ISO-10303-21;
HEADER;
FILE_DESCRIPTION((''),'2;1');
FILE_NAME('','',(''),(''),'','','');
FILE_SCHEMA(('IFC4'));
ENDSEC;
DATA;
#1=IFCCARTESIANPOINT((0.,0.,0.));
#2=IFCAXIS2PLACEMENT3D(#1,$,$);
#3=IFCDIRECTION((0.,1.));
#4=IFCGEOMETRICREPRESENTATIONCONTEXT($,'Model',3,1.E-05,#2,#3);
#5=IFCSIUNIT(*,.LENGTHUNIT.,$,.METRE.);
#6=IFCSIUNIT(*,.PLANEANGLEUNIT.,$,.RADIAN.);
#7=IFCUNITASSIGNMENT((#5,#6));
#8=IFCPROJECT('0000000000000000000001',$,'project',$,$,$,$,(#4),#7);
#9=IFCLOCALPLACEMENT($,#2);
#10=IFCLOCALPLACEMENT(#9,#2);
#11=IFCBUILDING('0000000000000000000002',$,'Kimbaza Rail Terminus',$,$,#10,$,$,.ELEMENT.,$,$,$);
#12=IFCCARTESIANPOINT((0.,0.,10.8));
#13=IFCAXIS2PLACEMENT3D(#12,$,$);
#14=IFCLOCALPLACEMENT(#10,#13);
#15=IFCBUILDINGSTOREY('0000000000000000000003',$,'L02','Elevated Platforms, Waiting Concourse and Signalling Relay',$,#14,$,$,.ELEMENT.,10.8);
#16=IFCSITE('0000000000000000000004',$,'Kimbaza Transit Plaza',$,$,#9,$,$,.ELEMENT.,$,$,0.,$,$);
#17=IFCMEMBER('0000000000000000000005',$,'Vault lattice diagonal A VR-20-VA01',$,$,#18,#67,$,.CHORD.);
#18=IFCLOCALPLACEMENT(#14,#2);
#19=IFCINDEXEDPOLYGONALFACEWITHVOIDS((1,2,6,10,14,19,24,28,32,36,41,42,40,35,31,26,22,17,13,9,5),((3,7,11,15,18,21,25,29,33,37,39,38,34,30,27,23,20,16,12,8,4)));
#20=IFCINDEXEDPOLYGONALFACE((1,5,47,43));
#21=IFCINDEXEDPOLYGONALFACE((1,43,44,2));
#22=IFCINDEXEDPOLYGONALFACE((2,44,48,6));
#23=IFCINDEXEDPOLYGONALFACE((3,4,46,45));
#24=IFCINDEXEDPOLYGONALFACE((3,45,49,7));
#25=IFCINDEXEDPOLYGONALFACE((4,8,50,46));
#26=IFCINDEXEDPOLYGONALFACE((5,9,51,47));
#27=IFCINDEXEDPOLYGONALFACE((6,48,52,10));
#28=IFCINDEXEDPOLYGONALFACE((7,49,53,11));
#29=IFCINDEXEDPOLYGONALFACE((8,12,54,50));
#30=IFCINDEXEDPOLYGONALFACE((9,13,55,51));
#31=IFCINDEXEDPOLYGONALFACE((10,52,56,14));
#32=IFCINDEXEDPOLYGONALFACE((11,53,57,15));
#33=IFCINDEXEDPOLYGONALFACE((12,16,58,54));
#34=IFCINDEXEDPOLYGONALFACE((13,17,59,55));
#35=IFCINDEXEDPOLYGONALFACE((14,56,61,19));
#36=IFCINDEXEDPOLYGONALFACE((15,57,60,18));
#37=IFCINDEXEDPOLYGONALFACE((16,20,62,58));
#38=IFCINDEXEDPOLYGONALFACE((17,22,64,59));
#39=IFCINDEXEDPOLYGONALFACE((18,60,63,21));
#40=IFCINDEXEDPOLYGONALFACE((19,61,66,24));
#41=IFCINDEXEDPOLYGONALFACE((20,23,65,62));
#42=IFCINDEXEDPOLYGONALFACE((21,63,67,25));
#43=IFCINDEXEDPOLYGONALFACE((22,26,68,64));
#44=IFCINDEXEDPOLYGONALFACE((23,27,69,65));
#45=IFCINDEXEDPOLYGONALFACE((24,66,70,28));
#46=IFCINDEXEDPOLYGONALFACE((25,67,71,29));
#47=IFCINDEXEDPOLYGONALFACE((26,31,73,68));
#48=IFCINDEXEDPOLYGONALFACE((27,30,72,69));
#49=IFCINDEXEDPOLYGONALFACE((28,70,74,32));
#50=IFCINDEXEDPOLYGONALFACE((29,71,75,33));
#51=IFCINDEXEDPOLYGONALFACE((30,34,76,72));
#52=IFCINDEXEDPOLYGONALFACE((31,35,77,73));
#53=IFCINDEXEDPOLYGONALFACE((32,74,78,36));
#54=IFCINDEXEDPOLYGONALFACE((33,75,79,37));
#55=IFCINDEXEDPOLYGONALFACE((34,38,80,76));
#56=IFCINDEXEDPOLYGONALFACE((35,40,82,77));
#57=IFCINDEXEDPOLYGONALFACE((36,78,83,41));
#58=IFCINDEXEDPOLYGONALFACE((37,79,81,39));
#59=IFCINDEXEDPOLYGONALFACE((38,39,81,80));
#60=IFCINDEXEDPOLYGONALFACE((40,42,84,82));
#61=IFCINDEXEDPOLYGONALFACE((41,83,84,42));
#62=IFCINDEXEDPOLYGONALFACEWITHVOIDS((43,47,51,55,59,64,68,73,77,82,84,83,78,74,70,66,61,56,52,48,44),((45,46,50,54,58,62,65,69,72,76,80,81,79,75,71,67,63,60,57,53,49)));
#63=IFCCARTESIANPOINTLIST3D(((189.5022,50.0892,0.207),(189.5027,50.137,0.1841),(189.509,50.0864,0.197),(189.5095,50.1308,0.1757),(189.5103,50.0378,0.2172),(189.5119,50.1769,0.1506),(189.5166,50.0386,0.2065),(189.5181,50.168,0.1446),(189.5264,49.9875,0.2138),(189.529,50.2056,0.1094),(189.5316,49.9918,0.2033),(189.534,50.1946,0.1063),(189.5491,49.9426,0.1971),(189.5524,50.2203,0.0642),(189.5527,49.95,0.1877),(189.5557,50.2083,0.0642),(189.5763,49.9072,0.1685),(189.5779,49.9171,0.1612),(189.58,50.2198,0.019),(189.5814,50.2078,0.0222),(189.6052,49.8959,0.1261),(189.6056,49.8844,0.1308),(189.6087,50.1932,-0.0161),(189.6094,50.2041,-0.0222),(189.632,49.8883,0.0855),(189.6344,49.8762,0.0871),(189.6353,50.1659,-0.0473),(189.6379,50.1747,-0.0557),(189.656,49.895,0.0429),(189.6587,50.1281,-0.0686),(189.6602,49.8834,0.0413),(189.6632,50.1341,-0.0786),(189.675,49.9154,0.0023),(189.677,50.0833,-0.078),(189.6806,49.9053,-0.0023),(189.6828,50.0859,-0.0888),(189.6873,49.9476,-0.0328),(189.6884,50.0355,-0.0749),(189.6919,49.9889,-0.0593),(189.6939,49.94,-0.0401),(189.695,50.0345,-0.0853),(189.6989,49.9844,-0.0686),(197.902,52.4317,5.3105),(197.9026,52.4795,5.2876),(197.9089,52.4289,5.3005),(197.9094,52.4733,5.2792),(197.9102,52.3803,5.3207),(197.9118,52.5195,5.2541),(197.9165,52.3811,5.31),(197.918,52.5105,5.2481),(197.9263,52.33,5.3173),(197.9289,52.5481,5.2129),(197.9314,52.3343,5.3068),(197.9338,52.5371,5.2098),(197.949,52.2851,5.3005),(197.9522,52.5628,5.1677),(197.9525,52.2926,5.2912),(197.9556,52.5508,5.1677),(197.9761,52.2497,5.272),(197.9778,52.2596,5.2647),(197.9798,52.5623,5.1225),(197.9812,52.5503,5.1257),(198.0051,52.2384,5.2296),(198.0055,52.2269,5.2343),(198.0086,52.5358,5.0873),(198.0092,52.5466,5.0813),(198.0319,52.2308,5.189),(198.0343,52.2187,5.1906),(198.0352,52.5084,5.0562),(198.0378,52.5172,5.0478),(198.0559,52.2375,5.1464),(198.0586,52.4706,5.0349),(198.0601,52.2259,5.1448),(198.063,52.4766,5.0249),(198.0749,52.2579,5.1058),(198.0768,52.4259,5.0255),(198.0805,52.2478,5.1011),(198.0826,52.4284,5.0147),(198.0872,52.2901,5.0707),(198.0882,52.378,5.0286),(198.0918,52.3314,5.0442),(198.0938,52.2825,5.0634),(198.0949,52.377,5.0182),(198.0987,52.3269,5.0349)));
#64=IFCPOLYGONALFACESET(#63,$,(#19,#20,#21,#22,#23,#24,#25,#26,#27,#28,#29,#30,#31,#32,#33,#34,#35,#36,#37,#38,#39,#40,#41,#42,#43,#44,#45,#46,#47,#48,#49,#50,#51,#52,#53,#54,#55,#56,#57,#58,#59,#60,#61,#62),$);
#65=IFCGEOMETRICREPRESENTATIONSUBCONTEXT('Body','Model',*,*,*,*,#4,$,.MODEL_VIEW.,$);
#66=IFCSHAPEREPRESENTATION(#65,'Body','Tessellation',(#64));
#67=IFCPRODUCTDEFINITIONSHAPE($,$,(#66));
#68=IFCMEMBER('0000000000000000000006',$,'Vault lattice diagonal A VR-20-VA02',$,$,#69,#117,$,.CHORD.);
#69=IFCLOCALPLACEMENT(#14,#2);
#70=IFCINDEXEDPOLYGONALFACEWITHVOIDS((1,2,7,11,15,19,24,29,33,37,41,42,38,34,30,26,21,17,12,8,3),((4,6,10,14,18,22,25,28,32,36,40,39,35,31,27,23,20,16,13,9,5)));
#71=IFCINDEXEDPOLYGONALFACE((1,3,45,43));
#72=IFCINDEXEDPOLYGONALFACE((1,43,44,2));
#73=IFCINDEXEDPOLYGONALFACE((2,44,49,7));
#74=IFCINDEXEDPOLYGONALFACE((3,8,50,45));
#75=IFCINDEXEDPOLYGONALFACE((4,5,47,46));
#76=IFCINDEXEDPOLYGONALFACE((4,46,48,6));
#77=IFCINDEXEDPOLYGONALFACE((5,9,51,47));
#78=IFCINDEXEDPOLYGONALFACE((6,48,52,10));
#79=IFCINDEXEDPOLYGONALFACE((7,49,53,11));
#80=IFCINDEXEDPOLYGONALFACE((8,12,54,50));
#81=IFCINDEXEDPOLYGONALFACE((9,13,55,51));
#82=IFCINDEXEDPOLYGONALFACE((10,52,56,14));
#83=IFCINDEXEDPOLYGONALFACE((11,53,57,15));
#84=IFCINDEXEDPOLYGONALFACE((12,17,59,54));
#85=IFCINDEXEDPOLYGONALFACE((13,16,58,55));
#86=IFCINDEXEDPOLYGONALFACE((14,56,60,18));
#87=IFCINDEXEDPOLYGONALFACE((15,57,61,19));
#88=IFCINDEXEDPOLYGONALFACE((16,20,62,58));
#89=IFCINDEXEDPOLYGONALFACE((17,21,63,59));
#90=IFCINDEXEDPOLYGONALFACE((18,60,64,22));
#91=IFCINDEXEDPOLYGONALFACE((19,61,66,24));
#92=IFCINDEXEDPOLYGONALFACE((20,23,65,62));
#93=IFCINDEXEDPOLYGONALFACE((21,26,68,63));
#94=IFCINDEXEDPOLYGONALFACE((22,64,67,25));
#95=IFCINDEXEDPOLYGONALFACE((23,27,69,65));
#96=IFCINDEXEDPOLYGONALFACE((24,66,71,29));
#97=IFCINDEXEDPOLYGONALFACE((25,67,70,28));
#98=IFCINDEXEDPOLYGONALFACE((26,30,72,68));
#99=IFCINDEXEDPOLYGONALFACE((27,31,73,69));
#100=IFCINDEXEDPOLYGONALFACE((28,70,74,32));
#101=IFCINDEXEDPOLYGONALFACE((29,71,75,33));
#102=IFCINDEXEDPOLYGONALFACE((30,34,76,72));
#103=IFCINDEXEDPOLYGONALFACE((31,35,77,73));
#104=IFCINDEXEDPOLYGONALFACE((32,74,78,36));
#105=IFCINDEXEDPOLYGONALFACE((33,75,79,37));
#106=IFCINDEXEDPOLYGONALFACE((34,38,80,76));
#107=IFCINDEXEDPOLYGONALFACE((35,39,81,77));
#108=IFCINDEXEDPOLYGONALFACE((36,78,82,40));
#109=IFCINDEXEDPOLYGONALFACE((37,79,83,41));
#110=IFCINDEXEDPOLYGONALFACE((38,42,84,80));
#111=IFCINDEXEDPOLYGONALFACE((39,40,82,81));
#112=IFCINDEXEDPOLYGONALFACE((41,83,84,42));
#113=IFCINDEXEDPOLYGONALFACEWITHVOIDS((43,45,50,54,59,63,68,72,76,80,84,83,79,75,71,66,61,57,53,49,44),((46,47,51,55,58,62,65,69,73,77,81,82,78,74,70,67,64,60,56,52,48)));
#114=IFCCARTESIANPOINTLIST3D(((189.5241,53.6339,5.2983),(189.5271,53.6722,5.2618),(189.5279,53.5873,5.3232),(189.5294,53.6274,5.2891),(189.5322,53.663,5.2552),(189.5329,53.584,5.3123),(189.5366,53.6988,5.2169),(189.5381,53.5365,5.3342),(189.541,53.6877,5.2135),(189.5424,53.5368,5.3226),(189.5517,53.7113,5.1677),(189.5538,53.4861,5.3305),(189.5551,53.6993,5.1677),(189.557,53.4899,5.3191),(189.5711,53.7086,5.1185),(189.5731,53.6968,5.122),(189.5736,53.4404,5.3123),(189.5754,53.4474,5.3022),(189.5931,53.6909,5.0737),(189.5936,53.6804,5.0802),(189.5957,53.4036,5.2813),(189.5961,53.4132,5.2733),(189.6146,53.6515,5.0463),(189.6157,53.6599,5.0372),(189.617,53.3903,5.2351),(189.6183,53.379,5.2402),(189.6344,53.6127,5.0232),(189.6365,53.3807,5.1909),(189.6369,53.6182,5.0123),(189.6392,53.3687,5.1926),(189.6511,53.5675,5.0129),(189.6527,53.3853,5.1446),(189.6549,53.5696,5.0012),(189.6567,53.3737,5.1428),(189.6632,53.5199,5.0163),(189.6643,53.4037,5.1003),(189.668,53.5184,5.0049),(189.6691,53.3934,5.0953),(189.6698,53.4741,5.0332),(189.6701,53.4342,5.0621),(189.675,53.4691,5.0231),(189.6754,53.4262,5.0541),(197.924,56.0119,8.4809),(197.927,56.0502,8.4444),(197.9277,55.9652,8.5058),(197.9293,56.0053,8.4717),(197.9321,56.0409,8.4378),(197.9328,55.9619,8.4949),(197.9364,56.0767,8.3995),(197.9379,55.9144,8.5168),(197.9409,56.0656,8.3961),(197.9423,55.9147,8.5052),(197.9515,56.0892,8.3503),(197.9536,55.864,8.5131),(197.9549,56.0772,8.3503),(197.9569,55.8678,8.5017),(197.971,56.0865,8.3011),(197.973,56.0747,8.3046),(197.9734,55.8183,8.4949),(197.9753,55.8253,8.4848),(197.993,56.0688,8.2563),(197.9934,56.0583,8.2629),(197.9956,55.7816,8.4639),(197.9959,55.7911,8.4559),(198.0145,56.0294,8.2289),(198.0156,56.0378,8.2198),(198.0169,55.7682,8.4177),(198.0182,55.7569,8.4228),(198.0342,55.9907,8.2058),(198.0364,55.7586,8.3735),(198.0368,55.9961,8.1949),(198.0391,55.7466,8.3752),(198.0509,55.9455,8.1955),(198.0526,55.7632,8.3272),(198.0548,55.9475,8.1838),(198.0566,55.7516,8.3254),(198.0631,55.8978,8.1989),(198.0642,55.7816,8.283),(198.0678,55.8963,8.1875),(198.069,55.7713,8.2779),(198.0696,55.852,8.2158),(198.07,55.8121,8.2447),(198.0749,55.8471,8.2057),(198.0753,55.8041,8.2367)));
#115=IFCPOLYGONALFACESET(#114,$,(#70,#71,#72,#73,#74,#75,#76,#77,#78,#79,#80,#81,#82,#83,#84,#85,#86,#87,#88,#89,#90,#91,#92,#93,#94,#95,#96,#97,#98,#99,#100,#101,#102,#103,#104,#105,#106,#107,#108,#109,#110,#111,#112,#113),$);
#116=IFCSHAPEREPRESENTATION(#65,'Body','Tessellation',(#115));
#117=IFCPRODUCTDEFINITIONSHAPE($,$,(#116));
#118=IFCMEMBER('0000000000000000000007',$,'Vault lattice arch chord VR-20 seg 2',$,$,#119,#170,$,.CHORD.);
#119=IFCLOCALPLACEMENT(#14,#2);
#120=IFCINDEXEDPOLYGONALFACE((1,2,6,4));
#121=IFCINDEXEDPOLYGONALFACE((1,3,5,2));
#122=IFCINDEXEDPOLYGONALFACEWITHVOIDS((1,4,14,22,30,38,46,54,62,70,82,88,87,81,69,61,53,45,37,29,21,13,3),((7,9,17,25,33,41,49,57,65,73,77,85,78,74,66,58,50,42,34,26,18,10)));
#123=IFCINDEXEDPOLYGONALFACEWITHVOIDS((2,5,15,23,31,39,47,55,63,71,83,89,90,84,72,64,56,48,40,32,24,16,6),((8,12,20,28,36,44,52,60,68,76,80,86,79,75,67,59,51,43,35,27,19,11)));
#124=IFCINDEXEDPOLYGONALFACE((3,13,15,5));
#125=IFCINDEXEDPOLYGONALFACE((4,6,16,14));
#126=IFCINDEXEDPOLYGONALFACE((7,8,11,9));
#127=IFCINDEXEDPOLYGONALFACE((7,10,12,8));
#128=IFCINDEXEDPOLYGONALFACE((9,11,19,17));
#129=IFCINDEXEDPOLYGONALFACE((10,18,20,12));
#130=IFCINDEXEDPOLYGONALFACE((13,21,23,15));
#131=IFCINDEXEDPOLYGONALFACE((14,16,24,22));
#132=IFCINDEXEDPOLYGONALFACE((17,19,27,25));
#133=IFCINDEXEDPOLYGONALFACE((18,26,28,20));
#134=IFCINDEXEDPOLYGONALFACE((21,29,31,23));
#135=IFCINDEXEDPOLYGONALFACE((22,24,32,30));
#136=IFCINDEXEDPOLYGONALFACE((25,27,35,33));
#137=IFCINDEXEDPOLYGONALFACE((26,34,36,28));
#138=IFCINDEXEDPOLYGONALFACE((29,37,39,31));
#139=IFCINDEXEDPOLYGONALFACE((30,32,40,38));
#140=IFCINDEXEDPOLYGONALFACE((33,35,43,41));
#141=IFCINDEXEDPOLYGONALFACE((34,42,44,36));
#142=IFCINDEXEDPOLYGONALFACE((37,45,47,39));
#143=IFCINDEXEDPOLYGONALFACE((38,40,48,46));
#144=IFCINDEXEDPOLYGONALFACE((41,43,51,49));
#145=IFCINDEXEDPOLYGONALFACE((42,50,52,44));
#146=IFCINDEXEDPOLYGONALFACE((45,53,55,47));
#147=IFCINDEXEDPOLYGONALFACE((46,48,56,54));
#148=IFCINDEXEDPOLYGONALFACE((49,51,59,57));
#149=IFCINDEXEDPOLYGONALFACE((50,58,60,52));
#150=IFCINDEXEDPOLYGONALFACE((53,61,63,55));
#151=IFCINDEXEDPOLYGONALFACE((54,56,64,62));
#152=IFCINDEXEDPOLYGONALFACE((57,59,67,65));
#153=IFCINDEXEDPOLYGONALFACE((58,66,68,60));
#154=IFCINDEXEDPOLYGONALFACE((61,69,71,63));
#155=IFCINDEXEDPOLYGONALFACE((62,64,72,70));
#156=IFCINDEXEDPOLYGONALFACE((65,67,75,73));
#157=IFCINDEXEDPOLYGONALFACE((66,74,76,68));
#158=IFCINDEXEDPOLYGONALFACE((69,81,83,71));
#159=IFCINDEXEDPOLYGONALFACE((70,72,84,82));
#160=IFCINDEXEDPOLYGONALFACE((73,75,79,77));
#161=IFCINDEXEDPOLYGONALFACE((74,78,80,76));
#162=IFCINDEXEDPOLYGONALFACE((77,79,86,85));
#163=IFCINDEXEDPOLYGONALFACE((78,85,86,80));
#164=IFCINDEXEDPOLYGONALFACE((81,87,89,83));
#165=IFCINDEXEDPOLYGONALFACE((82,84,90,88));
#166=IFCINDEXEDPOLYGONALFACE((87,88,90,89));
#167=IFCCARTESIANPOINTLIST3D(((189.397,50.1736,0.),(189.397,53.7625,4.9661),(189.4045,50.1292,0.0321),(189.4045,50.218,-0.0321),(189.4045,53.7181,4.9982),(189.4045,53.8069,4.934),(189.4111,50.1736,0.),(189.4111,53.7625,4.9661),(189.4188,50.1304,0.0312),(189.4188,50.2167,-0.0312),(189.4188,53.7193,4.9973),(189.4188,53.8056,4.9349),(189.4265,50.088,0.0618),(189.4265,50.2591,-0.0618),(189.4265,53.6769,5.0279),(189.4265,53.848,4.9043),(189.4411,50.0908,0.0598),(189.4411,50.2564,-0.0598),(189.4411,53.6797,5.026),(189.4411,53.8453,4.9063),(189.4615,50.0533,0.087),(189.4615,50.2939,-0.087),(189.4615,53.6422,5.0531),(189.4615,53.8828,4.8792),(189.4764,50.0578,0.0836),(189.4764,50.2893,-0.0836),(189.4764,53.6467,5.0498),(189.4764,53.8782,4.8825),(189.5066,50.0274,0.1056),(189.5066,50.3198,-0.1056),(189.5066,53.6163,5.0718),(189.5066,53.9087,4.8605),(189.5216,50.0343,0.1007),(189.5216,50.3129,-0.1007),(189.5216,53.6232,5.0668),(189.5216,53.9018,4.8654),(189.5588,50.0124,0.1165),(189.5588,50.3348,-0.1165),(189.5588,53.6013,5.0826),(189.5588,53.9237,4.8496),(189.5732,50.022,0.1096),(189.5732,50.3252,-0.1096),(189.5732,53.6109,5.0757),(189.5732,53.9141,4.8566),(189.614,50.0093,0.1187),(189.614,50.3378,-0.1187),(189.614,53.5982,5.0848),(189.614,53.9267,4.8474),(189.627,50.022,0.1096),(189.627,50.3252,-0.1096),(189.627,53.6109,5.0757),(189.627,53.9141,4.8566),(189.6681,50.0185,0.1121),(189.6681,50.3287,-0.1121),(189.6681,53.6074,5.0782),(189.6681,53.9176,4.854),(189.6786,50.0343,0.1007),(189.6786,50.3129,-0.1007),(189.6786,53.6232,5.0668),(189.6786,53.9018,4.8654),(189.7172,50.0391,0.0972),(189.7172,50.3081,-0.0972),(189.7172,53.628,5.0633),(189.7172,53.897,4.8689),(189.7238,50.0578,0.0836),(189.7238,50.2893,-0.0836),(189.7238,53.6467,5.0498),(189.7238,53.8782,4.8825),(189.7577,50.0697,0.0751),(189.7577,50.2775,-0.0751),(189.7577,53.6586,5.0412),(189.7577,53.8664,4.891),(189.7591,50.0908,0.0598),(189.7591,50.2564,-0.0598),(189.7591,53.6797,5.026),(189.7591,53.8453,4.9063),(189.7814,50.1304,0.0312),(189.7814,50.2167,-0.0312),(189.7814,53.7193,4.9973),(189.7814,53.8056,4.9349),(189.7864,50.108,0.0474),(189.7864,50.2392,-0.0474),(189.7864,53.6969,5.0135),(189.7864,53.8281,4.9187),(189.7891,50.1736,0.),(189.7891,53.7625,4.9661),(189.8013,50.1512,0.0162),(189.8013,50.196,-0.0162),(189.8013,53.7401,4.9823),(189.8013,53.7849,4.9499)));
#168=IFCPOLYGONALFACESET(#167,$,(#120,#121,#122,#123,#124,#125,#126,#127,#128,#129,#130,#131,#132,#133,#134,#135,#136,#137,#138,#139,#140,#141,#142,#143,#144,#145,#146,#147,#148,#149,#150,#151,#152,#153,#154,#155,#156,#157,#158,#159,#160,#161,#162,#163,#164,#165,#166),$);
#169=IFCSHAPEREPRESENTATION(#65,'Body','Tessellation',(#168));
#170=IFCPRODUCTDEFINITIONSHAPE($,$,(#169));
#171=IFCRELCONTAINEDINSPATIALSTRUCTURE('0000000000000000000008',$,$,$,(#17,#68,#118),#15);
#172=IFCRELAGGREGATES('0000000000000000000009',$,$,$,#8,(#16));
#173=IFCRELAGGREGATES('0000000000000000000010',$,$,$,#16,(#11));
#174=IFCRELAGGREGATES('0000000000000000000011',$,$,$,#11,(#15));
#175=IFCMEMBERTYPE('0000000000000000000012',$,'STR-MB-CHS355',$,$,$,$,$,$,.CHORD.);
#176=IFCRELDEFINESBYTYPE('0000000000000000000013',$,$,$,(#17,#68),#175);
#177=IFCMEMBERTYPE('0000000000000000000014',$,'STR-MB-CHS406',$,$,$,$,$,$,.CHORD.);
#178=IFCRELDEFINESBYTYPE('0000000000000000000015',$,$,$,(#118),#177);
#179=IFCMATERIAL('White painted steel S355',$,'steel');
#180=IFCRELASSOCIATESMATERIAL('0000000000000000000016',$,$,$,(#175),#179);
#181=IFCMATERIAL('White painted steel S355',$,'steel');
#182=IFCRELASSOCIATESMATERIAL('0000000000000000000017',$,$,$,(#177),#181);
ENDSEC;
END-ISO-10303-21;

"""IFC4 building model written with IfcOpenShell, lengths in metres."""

from ifc_helpers import new_model, si_unit, direction, frame, origin, origin_2d, place, context, subcontext, project, spatial, hollow_circle, extrude, material, material_profile, profile_set, type_object, element, save


model = new_model("IFC4")

# Units and contexts
model_context = context("Model", 3, precision=1e-05, world=origin(), true_north=direction((0.0, 1.0)))
body_context = subcontext(model_context, "Body", "Model", "MODEL_VIEW")
ifc_project = project(units=[si_unit("LENGTHUNIT", "METRE"), si_unit("PLANEANGLEUNIT", "RADIAN")], contexts=[model_context])

# Site, building, storey
site_placement = place(None, origin())
site = spatial("IfcSite", under=ifc_project, at=site_placement, Name="Kimbaza Transit Plaza", CompositionType="ELEMENT", RefElevation=0.0)
building_placement = place(site_placement, origin())
building = spatial("IfcBuilding", under=site, at=building_placement, Name="Kimbaza Rail Terminus", CompositionType="ELEMENT")
storey_placement = place(building_placement, frame((0.0, 0.0, 10.8)))
storey = spatial("IfcBuildingStorey", under=building, at=storey_placement, Name="L02", Description="Elevated Platforms, Waiting Concourse and Signalling Relay", CompositionType="ELEMENT", Elevation=10.8)

# Members
ifc_material_1 = material(Name="White painted steel S355", Category="steel")
ifc_material_profile_1 = material_profile(ifc_material_1, hollow_circle(Radius=0.1777, WallThickness=0.0125, at=origin_2d()), Name="CHS 355.6x12.5")
ifc_profile_set_1 = profile_set([ifc_material_profile_1], Name="White painted steel S355")
member_type_1 = type_object("IfcMemberType", Name="STR-MB-CHS355", PredefinedType="CHORD", material=ifc_profile_set_1)
member_1_placement = place(storey_placement, frame((189.6001, 50.0491, 0.0642), z_axis=(0.831341, 0.231841, 0.505096), x_axis=(-0.268626, 0.963245, 0.0)))
element("IfcMember", 1, at=member_1_placement, inside=storey, type_object=member_type_1, Name="Vault lattice diagonal A VR-20-VA01", PredefinedType="CHORD", context=body_context, shape_type="SweptSolid", body=[
    extrude(hollow_circle(Radius=0.1777, WallThickness=0.0125, at=origin_2d()), origin(), (0.0, 0.0, 1.0), 10.104),
])
member_2_placement = place(storey_placement, frame((189.6001, 53.5403, 5.1677), z_axis=(0.903989, 0.25591, 0.34251), x_axis=(-0.272386, 0.962188, 0.0)))
element("IfcMember", 2, at=member_2_placement, inside=storey, type_object=member_type_1, Name="Vault lattice diagonal A VR-20-VA02", PredefinedType="CHORD", context=body_context, shape_type="SweptSolid", body=[
    extrude(hollow_circle(Radius=0.1777, WallThickness=0.0125, at=origin_2d()), origin(), (0.0, 0.0, 1.0), 9.292),
])
ifc_material_2 = material(Name="White painted steel S355", Category="steel")
ifc_material_profile_2 = material_profile(ifc_material_2, hollow_circle(Radius=0.2031, WallThickness=0.0142, at=origin_2d()), Name="CHS 406.4x14.2")
ifc_profile_set_2 = profile_set([ifc_material_profile_2], Name="White painted steel S355")
member_type_2 = type_object("IfcMemberType", Name="STR-MB-CHS406", PredefinedType="CHORD", material=ifc_profile_set_2)
member_3_placement = place(storey_placement, frame((189.6001, 50.1736, 0.0), z_axis=(0.0, 0.585733, 0.810504), x_axis=(-1.0, 0.0, 0.0)))
element("IfcMember", 3, at=member_3_placement, inside=storey, type_object=member_type_2, Name="Vault lattice arch chord VR-20 seg 2", PredefinedType="CHORD", context=body_context, shape_type="SweptSolid", body=[
    extrude(hollow_circle(Radius=0.2031, WallThickness=0.0142, at=origin_2d()), origin(), (0.0, 0.0, 1.0), 6.1272),
])

save(model, "model.ifc")
